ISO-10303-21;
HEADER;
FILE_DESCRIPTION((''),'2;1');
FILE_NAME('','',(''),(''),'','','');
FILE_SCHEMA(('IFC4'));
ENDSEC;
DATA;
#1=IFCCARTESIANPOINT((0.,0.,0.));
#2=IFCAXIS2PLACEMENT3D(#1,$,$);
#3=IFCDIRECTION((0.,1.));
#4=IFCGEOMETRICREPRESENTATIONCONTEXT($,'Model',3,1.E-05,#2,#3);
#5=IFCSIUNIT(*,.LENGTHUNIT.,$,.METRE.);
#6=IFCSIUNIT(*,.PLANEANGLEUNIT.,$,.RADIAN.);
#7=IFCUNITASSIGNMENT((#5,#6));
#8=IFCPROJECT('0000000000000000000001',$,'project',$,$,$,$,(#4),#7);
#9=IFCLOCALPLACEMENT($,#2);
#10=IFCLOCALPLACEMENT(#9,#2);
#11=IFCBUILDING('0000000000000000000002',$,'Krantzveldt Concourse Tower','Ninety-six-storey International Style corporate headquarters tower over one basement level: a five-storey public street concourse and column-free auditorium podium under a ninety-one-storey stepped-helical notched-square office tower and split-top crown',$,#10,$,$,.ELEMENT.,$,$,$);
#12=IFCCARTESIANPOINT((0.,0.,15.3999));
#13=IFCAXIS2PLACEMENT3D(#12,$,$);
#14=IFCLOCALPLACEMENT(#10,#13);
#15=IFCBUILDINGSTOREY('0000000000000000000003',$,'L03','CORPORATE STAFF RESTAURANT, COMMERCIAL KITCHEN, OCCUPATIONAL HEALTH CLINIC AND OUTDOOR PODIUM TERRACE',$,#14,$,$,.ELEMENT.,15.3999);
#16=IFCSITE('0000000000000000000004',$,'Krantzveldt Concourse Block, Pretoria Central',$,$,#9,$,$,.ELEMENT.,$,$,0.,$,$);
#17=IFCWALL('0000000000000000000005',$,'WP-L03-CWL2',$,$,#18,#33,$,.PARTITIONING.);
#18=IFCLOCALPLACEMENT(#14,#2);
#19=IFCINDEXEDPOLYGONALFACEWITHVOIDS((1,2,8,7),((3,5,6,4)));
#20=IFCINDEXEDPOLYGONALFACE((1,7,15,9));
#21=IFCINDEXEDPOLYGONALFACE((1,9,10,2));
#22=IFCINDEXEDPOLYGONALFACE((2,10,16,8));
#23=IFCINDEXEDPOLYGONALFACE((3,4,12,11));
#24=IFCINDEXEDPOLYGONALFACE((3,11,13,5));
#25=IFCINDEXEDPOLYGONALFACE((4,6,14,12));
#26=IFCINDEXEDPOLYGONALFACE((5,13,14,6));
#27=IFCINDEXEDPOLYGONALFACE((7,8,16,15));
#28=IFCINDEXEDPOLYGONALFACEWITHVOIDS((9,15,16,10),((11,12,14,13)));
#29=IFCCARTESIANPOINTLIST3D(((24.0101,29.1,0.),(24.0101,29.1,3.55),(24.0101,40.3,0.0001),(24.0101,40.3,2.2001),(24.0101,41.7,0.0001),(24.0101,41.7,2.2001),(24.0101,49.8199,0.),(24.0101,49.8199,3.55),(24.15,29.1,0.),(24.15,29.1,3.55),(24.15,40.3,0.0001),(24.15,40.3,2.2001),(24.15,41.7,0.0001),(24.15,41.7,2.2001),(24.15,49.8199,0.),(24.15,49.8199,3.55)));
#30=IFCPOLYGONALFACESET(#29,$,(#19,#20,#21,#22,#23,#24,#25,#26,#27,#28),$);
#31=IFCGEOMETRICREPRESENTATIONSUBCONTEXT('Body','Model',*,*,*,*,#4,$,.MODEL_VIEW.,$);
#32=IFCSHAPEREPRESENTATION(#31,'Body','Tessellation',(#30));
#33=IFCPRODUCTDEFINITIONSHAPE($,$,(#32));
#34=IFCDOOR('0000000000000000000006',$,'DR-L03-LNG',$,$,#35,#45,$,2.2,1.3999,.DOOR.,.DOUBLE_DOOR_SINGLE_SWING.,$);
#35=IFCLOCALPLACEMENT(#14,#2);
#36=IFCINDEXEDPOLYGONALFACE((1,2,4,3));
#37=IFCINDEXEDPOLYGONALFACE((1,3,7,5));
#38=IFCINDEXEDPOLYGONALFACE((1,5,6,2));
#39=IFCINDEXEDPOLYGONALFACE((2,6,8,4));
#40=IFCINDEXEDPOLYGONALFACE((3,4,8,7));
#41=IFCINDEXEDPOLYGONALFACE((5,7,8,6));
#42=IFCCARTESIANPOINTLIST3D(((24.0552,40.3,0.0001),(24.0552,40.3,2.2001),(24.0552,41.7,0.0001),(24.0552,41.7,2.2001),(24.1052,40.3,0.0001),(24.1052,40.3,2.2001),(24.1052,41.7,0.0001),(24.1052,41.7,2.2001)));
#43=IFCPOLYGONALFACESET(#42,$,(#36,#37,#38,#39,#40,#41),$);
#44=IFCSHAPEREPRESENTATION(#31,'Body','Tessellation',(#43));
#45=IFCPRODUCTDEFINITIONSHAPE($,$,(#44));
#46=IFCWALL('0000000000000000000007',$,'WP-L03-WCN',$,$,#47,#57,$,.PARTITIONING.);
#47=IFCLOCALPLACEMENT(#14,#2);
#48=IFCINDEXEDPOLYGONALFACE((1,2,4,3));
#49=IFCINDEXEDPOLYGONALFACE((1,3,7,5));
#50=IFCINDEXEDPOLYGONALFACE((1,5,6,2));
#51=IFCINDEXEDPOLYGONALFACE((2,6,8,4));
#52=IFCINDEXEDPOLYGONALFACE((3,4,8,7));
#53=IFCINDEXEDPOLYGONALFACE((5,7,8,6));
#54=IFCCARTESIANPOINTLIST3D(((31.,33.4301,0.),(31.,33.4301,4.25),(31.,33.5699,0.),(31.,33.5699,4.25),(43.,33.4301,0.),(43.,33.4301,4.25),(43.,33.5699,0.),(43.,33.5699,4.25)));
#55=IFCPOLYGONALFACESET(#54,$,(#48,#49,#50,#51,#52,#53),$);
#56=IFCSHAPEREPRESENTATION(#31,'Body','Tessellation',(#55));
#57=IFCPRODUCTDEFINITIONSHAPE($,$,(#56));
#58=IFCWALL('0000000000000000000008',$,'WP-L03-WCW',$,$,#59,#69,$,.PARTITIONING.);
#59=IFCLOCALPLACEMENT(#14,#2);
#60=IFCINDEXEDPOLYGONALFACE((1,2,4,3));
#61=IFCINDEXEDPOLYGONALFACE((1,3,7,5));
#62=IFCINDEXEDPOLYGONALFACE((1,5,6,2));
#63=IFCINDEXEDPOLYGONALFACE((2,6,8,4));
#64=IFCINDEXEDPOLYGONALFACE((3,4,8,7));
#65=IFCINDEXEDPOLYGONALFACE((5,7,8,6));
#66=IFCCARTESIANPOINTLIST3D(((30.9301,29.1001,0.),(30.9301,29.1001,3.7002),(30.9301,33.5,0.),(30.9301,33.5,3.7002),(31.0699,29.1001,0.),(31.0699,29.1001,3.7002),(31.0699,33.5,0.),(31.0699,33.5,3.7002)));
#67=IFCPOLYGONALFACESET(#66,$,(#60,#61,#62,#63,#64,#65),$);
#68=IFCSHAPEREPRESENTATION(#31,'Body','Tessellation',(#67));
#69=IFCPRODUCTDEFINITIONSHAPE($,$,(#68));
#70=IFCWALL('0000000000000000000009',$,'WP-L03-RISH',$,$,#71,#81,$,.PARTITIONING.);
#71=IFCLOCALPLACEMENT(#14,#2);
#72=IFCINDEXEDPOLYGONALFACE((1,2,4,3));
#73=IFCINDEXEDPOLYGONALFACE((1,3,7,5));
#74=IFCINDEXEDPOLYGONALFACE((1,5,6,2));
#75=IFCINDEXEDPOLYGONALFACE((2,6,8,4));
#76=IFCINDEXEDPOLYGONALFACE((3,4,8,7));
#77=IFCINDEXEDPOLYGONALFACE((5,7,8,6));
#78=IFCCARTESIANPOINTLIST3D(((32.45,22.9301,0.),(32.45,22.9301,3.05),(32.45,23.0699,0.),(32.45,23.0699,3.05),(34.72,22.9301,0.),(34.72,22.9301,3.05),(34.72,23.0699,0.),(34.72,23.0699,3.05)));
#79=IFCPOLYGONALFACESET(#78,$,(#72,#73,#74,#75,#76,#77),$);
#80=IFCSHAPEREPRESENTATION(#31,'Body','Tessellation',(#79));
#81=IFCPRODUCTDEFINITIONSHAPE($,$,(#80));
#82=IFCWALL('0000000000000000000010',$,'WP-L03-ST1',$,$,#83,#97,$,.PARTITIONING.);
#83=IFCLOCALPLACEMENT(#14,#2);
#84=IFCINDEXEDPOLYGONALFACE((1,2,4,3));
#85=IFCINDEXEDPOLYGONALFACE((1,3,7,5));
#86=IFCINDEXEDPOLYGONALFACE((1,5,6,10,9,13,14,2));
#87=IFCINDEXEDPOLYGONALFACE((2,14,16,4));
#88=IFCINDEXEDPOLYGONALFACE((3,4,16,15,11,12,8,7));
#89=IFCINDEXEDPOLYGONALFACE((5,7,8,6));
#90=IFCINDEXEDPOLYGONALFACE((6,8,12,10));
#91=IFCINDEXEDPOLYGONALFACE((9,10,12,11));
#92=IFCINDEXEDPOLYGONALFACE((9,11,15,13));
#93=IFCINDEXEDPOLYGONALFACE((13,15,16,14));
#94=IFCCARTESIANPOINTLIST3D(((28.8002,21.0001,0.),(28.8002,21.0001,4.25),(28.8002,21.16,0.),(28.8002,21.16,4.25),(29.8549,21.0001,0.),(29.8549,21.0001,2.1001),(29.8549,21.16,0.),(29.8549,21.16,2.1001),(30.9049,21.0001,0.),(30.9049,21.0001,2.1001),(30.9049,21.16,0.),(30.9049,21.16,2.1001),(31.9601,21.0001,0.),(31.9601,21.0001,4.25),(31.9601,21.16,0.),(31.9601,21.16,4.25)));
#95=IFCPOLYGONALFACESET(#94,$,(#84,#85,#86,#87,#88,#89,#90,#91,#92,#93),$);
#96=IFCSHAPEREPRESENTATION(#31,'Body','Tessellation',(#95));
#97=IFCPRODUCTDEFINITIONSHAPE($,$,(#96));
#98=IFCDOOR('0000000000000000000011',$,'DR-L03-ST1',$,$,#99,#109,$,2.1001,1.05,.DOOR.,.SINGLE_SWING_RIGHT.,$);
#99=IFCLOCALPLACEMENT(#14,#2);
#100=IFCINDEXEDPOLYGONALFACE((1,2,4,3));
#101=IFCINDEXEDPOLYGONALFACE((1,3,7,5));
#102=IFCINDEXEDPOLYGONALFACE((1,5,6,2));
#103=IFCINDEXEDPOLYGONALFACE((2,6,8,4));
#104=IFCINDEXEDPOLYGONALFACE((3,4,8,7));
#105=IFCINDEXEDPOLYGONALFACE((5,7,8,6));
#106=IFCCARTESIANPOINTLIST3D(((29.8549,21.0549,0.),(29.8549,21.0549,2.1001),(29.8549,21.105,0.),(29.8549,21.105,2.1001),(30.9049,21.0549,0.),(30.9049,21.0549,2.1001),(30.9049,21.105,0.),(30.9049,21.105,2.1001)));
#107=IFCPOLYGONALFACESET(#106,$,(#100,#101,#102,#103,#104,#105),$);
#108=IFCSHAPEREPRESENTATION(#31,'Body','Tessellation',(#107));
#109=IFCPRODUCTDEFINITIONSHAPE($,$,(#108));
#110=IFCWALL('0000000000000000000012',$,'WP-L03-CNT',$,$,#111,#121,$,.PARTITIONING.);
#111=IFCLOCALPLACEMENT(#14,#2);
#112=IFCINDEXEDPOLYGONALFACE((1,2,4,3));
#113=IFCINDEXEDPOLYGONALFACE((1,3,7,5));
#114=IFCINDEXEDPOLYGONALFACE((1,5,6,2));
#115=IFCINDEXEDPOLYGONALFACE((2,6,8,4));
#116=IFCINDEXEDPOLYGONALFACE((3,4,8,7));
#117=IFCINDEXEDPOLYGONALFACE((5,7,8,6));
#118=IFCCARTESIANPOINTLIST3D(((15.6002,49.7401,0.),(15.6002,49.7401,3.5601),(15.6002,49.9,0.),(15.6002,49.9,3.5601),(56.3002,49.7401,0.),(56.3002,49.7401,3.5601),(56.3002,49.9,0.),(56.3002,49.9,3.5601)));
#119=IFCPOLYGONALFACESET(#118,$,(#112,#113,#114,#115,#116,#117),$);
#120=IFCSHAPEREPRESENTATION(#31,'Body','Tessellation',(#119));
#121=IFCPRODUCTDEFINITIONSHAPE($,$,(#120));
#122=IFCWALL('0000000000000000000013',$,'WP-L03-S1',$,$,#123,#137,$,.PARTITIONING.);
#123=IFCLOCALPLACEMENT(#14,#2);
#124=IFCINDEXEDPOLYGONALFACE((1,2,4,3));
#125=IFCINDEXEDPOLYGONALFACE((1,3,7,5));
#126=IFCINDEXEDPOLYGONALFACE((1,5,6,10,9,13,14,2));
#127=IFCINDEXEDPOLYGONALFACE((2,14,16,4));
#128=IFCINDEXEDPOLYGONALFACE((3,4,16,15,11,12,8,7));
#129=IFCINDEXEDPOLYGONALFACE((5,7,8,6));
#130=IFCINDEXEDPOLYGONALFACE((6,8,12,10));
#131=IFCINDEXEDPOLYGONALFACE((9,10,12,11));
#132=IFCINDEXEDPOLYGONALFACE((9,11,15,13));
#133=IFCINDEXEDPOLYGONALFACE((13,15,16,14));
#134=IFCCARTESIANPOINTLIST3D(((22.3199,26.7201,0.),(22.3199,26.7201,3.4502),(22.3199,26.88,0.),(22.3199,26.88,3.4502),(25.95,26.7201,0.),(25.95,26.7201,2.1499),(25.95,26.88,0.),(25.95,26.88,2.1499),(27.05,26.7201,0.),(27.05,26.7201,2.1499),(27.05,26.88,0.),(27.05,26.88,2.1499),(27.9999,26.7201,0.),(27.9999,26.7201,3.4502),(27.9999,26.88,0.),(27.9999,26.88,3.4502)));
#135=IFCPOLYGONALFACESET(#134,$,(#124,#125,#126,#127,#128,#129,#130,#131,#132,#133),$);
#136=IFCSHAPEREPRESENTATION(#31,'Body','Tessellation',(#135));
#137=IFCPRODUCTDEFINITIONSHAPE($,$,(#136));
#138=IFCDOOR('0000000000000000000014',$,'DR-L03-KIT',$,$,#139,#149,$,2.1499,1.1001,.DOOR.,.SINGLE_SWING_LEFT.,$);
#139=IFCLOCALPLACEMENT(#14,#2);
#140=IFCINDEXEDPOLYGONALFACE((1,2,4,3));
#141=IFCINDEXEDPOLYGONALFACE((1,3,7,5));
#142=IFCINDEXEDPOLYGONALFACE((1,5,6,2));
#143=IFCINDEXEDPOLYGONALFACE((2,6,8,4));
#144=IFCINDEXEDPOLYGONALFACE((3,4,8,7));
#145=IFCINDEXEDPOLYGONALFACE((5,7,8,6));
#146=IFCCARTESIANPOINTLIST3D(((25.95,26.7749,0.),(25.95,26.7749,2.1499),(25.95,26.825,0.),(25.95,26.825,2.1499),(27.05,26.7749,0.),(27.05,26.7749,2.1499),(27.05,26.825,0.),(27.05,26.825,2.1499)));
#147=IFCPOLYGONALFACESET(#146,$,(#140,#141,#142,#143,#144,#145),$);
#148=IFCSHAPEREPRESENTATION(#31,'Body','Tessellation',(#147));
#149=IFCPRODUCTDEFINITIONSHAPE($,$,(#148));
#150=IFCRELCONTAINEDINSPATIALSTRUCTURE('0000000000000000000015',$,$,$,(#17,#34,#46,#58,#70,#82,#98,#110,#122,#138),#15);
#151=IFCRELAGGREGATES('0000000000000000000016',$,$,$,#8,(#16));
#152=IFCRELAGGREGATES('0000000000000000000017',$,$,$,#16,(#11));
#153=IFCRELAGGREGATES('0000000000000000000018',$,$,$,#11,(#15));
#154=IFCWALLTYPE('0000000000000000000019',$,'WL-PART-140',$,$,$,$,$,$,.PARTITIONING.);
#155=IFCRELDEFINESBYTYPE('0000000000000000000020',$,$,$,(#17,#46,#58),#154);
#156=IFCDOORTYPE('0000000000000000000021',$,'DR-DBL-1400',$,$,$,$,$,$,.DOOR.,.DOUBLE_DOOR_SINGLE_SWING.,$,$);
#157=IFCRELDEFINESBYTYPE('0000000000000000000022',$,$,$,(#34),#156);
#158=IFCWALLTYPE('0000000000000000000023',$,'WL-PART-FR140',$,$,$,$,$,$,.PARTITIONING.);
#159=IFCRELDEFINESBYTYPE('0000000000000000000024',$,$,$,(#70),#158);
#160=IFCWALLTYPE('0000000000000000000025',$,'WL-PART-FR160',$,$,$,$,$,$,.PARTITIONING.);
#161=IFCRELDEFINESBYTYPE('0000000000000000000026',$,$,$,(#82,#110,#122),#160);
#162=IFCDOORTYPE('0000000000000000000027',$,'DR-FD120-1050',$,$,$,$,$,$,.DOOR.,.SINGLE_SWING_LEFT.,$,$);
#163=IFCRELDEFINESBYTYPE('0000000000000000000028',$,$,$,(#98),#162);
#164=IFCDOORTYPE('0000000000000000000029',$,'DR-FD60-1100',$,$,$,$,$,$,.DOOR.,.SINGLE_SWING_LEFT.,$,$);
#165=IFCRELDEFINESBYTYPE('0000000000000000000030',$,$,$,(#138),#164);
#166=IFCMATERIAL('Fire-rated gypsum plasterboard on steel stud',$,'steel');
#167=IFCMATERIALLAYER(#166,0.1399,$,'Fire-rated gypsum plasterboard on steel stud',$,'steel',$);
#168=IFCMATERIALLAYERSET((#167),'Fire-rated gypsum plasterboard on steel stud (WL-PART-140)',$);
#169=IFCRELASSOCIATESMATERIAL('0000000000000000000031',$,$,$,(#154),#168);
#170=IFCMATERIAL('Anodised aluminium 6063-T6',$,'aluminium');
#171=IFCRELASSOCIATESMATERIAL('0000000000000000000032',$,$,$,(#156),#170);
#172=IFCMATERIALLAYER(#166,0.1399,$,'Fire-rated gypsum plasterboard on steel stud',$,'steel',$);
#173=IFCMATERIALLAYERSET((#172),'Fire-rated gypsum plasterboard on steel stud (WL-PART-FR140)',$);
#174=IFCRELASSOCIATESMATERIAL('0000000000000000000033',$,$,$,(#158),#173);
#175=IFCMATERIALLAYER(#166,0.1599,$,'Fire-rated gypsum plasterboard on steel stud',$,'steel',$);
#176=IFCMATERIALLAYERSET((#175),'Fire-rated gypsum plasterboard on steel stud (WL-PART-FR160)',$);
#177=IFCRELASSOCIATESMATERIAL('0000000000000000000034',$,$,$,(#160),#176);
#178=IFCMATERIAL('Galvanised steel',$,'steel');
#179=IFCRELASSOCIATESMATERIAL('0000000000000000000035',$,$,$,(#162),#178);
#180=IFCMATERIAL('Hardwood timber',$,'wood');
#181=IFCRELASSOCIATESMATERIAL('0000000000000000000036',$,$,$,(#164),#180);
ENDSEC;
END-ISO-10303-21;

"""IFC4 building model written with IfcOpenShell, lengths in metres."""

from ifc_helpers import new_model, si_unit, direction, frame, frame_2d, origin, place, context, subcontext, project, spatial, rectangle, extrude, material, layer, layer_set, type_object, element, fill, save


model = new_model("IFC4")

# Units and contexts
model_context = context("Model", 3, precision=1e-05, world=origin(), true_north=direction((0.0, 1.0)))
body_context = subcontext(model_context, "Body", "Model", "MODEL_VIEW")
ifc_project = project(units=[si_unit("LENGTHUNIT", "METRE"), si_unit("PLANEANGLEUNIT", "RADIAN")], contexts=[model_context])

# Site, building, storey
site_placement = place(None, origin())
site = spatial("IfcSite", under=ifc_project, at=site_placement, Name="Krantzveldt Concourse Block, Pretoria Central", CompositionType="ELEMENT", RefElevation=0.0)
building_placement = place(site_placement, origin())
building = spatial("IfcBuilding", under=site, at=building_placement, Name="Krantzveldt Concourse Tower", Description="Ninety-six-storey International Style corporate headquarters tower over one basement level: a five-storey public street concourse and column-free auditorium podium under a ninety-one-storey stepped-helical notched-square office tower and split-top crown", CompositionType="ELEMENT")
storey_placement = place(building_placement, frame((0.0, 0.0, 15.3999)))
storey = spatial("IfcBuildingStorey", under=building, at=storey_placement, Name="L03", Description="CORPORATE STAFF RESTAURANT, COMMERCIAL KITCHEN, OCCUPATIONAL HEALTH CLINIC AND OUTDOOR PODIUM TERRACE", CompositionType="ELEMENT", Elevation=15.3999)

# Shared definitions
ifc_material_1 = material(Name="Fire-rated gypsum plasterboard on steel stud", Category="steel")
ifc_layer_1 = layer(ifc_material_1, 0.1399, Name="Fire-rated gypsum plasterboard on steel stud", Category="steel")
ifc_layer_set_1 = layer_set([ifc_layer_1], Name="Fire-rated gypsum plasterboard on steel stud (WL-PART-140)")
wall_type_1 = type_object("IfcWallType", Name="WL-PART-140", PredefinedType="PARTITIONING", material=ifc_layer_set_1)
ifc_material_2 = material(Name="Hardwood timber", Category="wood")

# Wall, opening, door
wall_1_placement = place(storey_placement, frame((24.0801, 29.1001, 0.0), z_axis=(0.0, 0.0, 1.0), x_axis=(0.0, 1.0, 0.0)))
wall_1 = element("IfcWall", 1, at=wall_1_placement, inside=storey, type_object=wall_type_1, Name="WP-L03-CWL2", PredefinedType="PARTITIONING", context=body_context, shape_type="SweptSolid", body=[
    extrude(rectangle(XDim=20.72, YDim=0.1399, at=frame_2d((10.3599, 0.0))), origin(), (0.0, 0.0, 1.0), 3.55),
])
opening_1_placement = place(wall_1_placement, frame((11.2, 0.0, 0.0)))
opening_1 = element("IfcOpeningElement", 2, at=opening_1_placement, cuts=wall_1, PredefinedType="OPENING", context=body_context, shape_type="SweptSolid", body=[
    extrude(rectangle(XDim=1.3999, YDim=2.2, at=frame_2d((0.7, 1.1001))), frame((0.0, 0.0801, 0.0), z_axis=(0.0, -1.0, 0.0), x_axis=(1.0, 0.0, 0.0)), (0.0, 0.0, 1.0), 0.1599),
])
ifc_material_3 = material(Name="Anodised aluminium 6063-T6", Category="aluminium")
door_type_1 = type_object("IfcDoorType", Name="DR-DBL-1400", OperationType="DOUBLE_DOOR_SINGLE_SWING", PredefinedType="DOOR", material=ifc_material_3)
door_1_placement = place(opening_1_placement, origin())
door_1 = element("IfcDoor", 3, at=door_1_placement, inside=storey, type_object=door_type_1, Name="DR-L03-LNG", OperationType="DOUBLE_DOOR_SINGLE_SWING", OverallHeight=2.2, OverallWidth=1.3999, PredefinedType="DOOR", context=body_context, shape_type="SweptSolid", body=[
    extrude(rectangle(XDim=1.3999, YDim=2.2, at=frame_2d((0.7, 1.1001))), frame((0.0, 0.0249, 0.0), z_axis=(0.0, -1.0, 0.0), x_axis=(1.0, 0.0, 0.0)), (0.0, 0.0, 1.0), 0.05),
])
fill(opening_1, door_1)

# Walls
wall_2_placement = place(storey_placement, frame((31.0, 33.5, 0.0), z_axis=(0.0, 0.0, 1.0), x_axis=(1.0, 0.0, 0.0)))
element("IfcWall", 4, at=wall_2_placement, inside=storey, type_object=wall_type_1, Name="WP-L03-WCN", PredefinedType="PARTITIONING", context=body_context, shape_type="SweptSolid", body=[
    extrude(rectangle(XDim=12.0, YDim=0.1399, at=frame_2d((6.0, 0.0))), origin(), (0.0, 0.0, 1.0), 4.25),
])
wall_3_placement = place(storey_placement, frame((31.0, 29.1001, 0.0), z_axis=(0.0, 0.0, 1.0), x_axis=(0.0, 1.0, 0.0)))
element("IfcWall", 5, at=wall_3_placement, inside=storey, type_object=wall_type_1, Name="WP-L03-WCW", PredefinedType="PARTITIONING", context=body_context, shape_type="SweptSolid", body=[
    extrude(rectangle(XDim=4.3999, YDim=0.1399, at=frame_2d((2.2, 0.0))), origin(), (0.0, 0.0, 1.0), 3.7002),
])
ifc_layer_2 = layer(ifc_material_1, 0.1399, Name="Fire-rated gypsum plasterboard on steel stud", Category="steel")
ifc_layer_set_2 = layer_set([ifc_layer_2], Name="Fire-rated gypsum plasterboard on steel stud (WL-PART-FR140)")
wall_type_2 = type_object("IfcWallType", Name="WL-PART-FR140", PredefinedType="PARTITIONING", material=ifc_layer_set_2)
wall_4_placement = place(storey_placement, frame((32.45, 23.0, 0.0), z_axis=(0.0, 0.0, 1.0), x_axis=(1.0, 0.0, 0.0)))
element("IfcWall", 6, at=wall_4_placement, inside=storey, type_object=wall_type_2, Name="WP-L03-RISH", PredefinedType="PARTITIONING", context=body_context, shape_type="SweptSolid", body=[
    extrude(rectangle(XDim=2.27, YDim=0.1399, at=frame_2d((1.135, 0.0))), origin(), (0.0, 0.0, 1.0), 3.05),
])

# Wall, opening, door
ifc_layer_3 = layer(ifc_material_1, 0.1599, Name="Fire-rated gypsum plasterboard on steel stud", Category="steel")
ifc_layer_set_3 = layer_set([ifc_layer_3], Name="Fire-rated gypsum plasterboard on steel stud (WL-PART-FR160)")
wall_type_3 = type_object("IfcWallType", Name="WL-PART-FR160", PredefinedType="PARTITIONING", material=ifc_layer_set_3)
wall_5_placement = place(storey_placement, frame((28.8, 21.0801, 0.0), z_axis=(0.0, 0.0, 1.0), x_axis=(1.0, 0.0, 0.0)))
wall_5 = element("IfcWall", 7, at=wall_5_placement, inside=storey, type_object=wall_type_3, Name="WP-L03-ST1", PredefinedType="PARTITIONING", context=body_context, shape_type="SweptSolid", body=[
    extrude(rectangle(XDim=3.1599, YDim=0.1599, at=frame_2d((1.5801, 0.0))), origin(), (0.0, 0.0, 1.0), 4.25),
])
opening_2_placement = place(wall_5_placement, frame((1.0549, 0.0, 0.0)))
opening_2 = element("IfcOpeningElement", 8, at=opening_2_placement, cuts=wall_5, PredefinedType="OPENING", context=body_context, shape_type="SweptSolid", body=[
    extrude(rectangle(XDim=1.05, YDim=2.1001, at=frame_2d((0.5249, 1.05))), frame((0.0, 0.0898, 0.0), z_axis=(0.0, -1.0, 0.0), x_axis=(1.0, 0.0, 0.0)), (0.0, 0.0, 1.0), 0.1799),
])
ifc_material_4 = material(Name="Galvanised steel", Category="steel")
door_type_2 = type_object("IfcDoorType", Name="DR-FD120-1050", OperationType="SINGLE_SWING_LEFT", PredefinedType="DOOR", material=ifc_material_4)
door_2_placement = place(opening_2_placement, origin())
door_2 = element("IfcDoor", 9, at=door_2_placement, inside=storey, type_object=door_type_2, Name="DR-L03-ST1", OperationType="SINGLE_SWING_RIGHT", OverallHeight=2.1001, OverallWidth=1.05, PredefinedType="DOOR", context=body_context, shape_type="SweptSolid", body=[
    extrude(rectangle(XDim=1.05, YDim=2.1001, at=frame_2d((0.5249, 1.05))), frame((0.0, 0.0249, 0.0), z_axis=(0.0, -1.0, 0.0), x_axis=(1.0, 0.0, 0.0)), (0.0, 0.0, 1.0), 0.05),
])
fill(opening_2, door_2)

# Wall
wall_6_placement = place(storey_placement, frame((15.6001, 49.8201, 0.0), z_axis=(0.0, 0.0, 1.0), x_axis=(1.0, 0.0, 0.0)))
element("IfcWall", 10, at=wall_6_placement, inside=storey, type_object=wall_type_3, Name="WP-L03-CNT", PredefinedType="PARTITIONING", context=body_context, shape_type="SweptSolid", body=[
    extrude(rectangle(XDim=40.7, YDim=0.1599, at=frame_2d((20.3501, 0.0))), origin(), (0.0, 0.0, 1.0), 3.5601),
])

# Wall, opening, door
wall_7_placement = place(storey_placement, frame((22.3201, 26.8, 0.0), z_axis=(0.0, 0.0, 1.0), x_axis=(1.0, 0.0, 0.0)))
wall_7 = element("IfcWall", 11, at=wall_7_placement, inside=storey, type_object=wall_type_3, Name="WP-L03-S1", PredefinedType="PARTITIONING", context=body_context, shape_type="SweptSolid", body=[
    extrude(rectangle(XDim=5.6799, YDim=0.1599, at=frame_2d((2.8398, 0.0))), origin(), (0.0, 0.0, 1.0), 3.4502),
])
opening_3_placement = place(wall_7_placement, frame((3.6299, 0.0, 0.0)))
opening_3 = element("IfcOpeningElement", 12, at=opening_3_placement, cuts=wall_7, PredefinedType="OPENING", context=body_context, shape_type="SweptSolid", body=[
    extrude(rectangle(XDim=1.1001, YDim=2.1499, at=frame_2d((0.55, 1.075))), frame((0.0, 0.0898, 0.0), z_axis=(0.0, -1.0, 0.0), x_axis=(1.0, 0.0, 0.0)), (0.0, 0.0, 1.0), 0.1799),
])
door_type_3 = type_object("IfcDoorType", Name="DR-FD60-1100", OperationType="SINGLE_SWING_LEFT", PredefinedType="DOOR", material=ifc_material_2)
door_3_placement = place(opening_3_placement, origin())
door_3 = element("IfcDoor", 13, at=door_3_placement, inside=storey, type_object=door_type_3, Name="DR-L03-KIT", OperationType="SINGLE_SWING_LEFT", OverallHeight=2.1499, OverallWidth=1.1001, PredefinedType="DOOR", context=body_context, shape_type="SweptSolid", body=[
    extrude(rectangle(XDim=1.1001, YDim=2.1499, at=frame_2d((0.55, 1.075))), frame((0.0, 0.0249, 0.0), z_axis=(0.0, -1.0, 0.0), x_axis=(1.0, 0.0, 0.0)), (0.0, 0.0, 1.0), 0.05),
])
fill(opening_3, door_3)

save(model, "model.ifc")
